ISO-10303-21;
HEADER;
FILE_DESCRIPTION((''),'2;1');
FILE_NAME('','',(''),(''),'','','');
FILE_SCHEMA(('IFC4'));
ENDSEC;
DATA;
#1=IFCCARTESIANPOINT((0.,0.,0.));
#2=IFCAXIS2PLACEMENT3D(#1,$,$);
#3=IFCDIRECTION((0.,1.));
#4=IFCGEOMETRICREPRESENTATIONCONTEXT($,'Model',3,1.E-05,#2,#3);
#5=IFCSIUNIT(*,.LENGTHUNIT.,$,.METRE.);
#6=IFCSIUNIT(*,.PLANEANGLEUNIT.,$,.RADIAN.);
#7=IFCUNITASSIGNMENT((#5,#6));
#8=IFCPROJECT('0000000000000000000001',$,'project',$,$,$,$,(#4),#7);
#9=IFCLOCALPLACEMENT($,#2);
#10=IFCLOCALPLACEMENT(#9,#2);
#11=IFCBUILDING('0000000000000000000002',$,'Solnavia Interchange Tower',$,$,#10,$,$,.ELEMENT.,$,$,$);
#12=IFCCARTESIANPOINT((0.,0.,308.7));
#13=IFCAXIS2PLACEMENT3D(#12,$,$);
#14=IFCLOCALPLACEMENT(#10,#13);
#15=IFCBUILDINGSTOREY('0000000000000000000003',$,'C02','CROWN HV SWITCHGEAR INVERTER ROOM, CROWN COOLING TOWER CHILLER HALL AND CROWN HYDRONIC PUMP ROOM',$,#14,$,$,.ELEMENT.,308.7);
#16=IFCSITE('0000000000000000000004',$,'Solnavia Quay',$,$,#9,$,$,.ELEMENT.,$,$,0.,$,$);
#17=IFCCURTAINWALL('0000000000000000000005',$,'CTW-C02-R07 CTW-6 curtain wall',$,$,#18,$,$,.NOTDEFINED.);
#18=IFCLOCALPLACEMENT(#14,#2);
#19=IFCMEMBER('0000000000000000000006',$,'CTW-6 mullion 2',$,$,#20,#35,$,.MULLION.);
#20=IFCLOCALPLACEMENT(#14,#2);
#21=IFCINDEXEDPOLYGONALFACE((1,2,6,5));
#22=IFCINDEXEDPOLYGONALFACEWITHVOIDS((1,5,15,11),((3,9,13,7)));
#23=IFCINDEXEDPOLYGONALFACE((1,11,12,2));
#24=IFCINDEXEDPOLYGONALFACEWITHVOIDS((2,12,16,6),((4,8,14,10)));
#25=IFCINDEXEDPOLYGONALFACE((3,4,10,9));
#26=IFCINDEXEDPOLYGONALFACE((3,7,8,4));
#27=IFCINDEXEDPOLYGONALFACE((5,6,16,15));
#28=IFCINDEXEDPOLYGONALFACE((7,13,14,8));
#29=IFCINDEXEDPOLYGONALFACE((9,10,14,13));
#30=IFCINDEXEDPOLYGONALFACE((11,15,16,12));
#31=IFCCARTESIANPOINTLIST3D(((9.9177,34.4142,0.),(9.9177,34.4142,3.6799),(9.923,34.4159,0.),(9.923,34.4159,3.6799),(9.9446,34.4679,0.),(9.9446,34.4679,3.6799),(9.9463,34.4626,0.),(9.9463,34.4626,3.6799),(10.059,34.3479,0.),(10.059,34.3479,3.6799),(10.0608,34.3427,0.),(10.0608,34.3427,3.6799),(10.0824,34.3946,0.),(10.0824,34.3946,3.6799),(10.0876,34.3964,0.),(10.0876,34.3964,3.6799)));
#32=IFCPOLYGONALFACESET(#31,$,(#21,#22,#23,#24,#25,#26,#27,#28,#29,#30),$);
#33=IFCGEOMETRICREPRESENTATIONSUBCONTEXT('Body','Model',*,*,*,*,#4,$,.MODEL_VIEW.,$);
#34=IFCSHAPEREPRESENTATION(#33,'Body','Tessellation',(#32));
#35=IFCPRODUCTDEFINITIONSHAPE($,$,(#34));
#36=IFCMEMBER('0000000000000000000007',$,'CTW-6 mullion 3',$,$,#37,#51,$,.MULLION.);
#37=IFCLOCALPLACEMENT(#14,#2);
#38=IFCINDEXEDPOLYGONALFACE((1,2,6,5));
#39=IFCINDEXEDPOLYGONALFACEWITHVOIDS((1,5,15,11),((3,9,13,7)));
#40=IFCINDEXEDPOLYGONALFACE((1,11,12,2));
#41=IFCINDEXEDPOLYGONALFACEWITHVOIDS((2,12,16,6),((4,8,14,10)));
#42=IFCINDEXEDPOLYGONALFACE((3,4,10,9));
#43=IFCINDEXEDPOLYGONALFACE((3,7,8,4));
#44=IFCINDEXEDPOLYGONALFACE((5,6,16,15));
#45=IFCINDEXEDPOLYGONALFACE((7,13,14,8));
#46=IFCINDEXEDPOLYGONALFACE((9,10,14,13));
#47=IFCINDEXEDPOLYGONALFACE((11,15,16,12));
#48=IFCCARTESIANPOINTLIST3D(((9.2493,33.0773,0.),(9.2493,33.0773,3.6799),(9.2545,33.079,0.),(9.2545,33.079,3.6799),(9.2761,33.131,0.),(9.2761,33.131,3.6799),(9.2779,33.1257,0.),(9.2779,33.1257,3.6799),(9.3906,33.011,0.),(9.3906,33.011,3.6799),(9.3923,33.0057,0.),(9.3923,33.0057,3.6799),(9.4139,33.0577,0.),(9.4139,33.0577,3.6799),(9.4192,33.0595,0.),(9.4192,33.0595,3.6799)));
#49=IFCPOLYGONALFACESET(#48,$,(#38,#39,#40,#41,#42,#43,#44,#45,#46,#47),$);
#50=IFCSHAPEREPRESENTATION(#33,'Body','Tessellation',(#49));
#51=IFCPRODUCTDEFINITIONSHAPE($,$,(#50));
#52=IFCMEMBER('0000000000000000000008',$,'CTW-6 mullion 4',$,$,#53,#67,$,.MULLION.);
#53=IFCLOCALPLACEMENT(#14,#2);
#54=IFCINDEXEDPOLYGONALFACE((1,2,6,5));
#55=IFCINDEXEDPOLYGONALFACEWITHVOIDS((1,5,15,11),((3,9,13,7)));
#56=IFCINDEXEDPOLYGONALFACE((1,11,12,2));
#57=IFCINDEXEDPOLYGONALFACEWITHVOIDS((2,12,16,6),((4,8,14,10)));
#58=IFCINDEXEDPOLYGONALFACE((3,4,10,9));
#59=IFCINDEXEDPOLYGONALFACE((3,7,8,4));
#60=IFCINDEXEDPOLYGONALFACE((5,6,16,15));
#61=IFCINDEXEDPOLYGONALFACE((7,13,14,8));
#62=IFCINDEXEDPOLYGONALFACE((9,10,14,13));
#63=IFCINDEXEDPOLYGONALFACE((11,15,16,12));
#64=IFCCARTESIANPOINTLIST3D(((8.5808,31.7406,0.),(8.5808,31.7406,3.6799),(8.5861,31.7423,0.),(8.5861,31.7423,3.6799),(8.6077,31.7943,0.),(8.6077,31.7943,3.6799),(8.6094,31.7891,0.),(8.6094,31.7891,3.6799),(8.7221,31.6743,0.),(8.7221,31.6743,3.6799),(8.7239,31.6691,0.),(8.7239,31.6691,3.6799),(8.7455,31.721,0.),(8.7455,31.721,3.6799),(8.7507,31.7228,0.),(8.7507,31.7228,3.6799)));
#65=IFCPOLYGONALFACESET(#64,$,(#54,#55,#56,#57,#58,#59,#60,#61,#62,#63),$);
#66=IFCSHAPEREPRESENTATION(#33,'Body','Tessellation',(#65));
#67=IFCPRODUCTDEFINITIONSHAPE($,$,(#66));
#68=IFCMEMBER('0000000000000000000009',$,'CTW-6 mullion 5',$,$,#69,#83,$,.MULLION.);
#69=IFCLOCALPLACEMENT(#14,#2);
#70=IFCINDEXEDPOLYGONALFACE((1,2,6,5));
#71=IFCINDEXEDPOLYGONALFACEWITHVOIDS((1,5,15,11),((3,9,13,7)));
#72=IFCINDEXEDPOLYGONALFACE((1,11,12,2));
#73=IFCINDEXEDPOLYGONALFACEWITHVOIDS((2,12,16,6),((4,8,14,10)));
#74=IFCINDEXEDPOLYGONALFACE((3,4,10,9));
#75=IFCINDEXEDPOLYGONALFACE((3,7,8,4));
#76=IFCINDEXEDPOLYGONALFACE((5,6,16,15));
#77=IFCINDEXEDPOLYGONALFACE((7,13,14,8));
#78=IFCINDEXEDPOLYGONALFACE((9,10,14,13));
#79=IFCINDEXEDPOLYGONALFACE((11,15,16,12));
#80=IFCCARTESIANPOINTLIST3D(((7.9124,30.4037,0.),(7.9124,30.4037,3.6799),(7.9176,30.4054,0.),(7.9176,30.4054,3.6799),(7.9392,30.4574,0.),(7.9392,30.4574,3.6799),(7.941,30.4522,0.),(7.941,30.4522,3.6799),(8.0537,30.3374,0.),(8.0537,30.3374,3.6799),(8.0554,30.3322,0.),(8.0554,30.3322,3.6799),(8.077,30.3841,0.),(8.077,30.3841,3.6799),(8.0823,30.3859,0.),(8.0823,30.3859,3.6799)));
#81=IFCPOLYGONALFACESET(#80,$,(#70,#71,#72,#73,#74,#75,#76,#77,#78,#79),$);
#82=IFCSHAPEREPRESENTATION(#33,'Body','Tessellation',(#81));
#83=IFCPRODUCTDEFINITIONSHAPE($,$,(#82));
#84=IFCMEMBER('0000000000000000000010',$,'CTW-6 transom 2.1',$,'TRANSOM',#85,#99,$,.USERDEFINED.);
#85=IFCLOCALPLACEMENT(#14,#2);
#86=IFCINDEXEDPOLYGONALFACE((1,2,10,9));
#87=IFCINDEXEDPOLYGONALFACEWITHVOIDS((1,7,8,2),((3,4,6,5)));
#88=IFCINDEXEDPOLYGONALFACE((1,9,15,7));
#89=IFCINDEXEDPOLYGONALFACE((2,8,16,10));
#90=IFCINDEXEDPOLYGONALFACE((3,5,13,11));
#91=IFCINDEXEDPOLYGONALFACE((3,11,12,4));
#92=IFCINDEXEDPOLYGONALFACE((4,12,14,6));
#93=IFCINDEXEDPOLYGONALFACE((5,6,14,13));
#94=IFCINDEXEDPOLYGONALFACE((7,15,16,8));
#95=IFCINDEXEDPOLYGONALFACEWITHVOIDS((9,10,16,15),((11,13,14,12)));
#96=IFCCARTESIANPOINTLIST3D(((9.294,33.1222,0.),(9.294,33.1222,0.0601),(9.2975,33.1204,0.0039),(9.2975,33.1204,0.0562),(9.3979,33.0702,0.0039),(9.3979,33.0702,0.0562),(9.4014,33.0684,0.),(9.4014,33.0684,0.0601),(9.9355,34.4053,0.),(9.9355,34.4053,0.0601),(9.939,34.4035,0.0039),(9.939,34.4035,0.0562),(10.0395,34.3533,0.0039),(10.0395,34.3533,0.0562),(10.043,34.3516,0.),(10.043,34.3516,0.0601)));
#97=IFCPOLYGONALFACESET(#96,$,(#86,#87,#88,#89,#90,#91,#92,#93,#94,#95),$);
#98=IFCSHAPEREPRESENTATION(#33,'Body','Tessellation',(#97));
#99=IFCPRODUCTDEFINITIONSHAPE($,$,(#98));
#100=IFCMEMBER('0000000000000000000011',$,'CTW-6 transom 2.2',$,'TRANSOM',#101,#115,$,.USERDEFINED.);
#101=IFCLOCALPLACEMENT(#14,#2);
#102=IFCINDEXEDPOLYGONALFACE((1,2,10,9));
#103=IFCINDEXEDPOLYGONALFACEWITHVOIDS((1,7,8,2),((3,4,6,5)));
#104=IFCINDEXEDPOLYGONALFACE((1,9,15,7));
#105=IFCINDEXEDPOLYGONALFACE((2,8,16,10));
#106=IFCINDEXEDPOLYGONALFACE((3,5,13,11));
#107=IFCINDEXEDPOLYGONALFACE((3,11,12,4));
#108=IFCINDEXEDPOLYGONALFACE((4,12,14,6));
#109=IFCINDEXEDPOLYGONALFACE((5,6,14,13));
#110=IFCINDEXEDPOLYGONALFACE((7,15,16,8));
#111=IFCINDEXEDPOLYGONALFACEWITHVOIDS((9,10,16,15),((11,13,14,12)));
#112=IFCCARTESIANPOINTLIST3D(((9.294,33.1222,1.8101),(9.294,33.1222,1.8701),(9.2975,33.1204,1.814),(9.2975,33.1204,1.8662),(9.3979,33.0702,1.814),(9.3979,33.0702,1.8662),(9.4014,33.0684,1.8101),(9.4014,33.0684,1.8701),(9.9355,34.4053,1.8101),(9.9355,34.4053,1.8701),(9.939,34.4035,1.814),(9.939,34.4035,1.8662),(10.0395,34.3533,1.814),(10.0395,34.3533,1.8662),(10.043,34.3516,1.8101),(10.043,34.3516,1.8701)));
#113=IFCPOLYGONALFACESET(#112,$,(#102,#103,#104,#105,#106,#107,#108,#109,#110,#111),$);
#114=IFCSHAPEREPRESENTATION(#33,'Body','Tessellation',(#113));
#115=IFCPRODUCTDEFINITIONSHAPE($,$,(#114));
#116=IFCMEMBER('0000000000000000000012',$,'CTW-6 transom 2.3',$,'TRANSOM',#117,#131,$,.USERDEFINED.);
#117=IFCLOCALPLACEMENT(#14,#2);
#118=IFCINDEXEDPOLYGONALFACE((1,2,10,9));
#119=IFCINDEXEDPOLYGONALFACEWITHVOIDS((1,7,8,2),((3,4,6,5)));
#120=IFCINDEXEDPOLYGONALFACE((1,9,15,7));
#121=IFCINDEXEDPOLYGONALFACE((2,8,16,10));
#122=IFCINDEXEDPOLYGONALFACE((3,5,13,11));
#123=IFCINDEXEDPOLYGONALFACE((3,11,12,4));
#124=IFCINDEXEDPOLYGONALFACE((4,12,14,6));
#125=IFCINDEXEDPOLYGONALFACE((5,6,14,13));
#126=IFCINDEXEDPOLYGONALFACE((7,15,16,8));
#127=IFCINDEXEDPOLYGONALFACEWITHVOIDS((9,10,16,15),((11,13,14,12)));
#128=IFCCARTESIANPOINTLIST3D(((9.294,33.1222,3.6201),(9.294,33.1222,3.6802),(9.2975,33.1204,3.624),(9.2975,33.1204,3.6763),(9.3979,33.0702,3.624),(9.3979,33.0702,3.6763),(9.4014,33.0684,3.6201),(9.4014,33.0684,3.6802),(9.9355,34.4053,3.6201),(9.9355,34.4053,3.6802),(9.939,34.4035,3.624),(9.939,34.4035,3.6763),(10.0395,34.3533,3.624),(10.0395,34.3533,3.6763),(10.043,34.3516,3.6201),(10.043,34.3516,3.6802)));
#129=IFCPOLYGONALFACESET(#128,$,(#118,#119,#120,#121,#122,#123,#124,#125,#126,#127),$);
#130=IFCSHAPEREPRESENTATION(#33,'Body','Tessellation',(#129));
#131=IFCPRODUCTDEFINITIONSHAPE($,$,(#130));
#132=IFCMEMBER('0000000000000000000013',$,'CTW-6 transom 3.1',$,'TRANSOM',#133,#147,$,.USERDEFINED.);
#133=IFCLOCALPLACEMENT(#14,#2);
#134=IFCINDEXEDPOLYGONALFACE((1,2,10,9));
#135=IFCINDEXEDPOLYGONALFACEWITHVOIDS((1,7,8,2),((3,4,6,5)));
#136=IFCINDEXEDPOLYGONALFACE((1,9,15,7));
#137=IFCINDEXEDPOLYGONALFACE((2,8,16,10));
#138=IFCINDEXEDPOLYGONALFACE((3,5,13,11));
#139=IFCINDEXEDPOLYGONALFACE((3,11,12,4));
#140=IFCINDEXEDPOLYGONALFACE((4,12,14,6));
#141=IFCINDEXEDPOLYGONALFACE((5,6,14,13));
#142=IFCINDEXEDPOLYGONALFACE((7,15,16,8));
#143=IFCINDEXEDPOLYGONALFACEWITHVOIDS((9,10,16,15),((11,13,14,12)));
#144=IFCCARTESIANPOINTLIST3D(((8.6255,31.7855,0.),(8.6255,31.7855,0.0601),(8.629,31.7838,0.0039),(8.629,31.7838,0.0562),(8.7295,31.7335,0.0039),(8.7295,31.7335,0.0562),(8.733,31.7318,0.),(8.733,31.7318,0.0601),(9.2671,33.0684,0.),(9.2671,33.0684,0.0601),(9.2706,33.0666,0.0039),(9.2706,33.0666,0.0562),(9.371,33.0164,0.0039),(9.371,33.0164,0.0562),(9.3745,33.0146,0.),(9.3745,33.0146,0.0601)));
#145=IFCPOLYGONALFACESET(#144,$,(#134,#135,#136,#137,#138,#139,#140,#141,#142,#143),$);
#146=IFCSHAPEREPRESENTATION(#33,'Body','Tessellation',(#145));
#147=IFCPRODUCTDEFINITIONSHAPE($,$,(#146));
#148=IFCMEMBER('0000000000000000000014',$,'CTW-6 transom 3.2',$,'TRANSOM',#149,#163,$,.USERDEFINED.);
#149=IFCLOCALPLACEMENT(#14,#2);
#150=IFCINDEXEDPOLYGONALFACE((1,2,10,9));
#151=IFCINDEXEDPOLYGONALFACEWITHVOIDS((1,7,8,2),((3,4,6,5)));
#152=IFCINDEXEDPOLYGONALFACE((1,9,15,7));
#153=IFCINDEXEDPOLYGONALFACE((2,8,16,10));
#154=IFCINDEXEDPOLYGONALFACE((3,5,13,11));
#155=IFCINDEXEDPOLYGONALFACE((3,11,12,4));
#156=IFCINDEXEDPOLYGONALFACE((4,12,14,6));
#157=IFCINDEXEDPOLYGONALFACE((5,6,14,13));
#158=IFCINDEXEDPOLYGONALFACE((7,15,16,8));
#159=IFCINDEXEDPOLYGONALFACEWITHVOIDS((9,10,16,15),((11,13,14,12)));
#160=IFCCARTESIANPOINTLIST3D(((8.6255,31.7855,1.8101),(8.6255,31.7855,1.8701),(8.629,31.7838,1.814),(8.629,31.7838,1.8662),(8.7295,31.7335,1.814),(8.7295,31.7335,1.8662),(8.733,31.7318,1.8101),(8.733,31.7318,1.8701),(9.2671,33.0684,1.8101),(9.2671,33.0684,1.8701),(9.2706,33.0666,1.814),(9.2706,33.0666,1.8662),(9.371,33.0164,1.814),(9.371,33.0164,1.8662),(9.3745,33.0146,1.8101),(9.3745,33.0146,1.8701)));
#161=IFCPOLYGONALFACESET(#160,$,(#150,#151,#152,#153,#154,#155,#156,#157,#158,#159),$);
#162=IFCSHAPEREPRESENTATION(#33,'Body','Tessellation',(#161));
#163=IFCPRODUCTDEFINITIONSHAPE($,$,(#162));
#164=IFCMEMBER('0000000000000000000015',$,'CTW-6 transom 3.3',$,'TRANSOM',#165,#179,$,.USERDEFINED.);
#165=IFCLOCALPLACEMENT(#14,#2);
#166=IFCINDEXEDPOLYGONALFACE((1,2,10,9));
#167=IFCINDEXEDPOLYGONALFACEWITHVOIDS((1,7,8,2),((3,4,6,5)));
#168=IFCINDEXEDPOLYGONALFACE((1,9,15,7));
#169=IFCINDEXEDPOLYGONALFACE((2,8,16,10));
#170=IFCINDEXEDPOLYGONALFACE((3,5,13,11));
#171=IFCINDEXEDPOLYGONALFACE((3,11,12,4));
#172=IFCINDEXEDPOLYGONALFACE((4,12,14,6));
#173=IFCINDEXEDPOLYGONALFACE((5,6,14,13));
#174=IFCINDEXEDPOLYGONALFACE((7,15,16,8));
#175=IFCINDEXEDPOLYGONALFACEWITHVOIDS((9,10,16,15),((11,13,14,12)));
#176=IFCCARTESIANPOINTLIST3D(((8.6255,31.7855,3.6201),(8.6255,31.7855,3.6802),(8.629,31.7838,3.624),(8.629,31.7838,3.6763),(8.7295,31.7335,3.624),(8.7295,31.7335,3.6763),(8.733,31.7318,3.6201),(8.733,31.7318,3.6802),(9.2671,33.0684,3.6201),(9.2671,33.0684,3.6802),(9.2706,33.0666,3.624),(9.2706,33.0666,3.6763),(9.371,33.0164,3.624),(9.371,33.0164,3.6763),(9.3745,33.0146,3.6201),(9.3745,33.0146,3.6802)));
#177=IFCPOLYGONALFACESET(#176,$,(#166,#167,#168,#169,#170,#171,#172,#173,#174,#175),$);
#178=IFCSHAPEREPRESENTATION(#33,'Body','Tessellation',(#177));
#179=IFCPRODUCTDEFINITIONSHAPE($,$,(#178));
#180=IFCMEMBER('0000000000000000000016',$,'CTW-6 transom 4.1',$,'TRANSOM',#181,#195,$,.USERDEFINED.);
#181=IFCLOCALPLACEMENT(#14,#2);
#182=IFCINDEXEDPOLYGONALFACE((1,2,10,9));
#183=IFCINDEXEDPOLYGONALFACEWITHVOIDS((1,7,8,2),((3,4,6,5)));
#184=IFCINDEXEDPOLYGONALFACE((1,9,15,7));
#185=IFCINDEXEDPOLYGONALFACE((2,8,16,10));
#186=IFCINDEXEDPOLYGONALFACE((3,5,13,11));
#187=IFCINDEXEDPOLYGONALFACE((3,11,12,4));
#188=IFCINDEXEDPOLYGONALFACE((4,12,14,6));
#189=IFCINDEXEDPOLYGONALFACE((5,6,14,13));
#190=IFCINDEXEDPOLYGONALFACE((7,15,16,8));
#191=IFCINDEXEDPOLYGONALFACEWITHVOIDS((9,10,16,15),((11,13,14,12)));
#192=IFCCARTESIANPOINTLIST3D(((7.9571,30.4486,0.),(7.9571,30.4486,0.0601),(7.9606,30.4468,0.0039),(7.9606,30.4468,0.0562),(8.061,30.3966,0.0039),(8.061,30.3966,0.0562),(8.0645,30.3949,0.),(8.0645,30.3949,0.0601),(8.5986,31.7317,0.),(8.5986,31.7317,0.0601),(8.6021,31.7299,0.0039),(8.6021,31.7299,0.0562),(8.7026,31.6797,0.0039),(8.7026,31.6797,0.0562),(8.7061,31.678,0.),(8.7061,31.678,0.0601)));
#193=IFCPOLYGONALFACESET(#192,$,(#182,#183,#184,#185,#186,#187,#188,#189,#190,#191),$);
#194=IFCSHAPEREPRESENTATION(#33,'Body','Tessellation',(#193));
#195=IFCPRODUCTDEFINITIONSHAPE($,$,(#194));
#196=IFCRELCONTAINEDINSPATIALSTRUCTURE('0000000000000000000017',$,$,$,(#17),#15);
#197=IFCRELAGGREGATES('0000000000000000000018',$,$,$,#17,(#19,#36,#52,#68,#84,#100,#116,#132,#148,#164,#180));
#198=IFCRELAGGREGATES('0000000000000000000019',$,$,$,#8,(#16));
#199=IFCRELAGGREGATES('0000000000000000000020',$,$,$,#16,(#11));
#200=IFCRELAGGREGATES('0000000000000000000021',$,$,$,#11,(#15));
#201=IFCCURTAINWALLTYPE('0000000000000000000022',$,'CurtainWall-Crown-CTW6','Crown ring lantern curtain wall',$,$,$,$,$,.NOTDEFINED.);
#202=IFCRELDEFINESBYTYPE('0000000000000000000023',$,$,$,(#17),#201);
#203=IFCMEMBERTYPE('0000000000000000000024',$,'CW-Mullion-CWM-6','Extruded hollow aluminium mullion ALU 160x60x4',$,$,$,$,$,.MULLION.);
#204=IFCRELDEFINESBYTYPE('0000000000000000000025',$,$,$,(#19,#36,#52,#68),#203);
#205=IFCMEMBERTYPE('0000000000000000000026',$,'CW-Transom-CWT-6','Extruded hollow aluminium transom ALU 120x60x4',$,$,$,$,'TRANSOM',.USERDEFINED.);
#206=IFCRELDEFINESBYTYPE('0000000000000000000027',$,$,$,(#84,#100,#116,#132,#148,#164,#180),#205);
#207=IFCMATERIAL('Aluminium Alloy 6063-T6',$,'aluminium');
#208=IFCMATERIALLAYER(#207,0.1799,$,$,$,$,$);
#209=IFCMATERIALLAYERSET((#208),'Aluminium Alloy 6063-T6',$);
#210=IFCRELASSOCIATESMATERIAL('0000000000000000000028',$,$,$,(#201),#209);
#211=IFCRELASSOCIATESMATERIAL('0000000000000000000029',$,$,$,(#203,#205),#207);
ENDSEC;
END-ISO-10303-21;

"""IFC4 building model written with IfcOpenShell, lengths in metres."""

from ifc_helpers import new_model, si_unit, direction, frame, origin, origin_2d, place, context, subcontext, project, spatial, hollow_rectangle, extrude, material, layer, layer_set, material_profile, profile_set, type_object, element, aggregate, save


model = new_model("IFC4")

# Units and contexts
model_context = context("Model", 3, precision=1e-05, world=origin(), true_north=direction((0.0, 1.0)))
body_context = subcontext(model_context, "Body", "Model", "MODEL_VIEW")
ifc_project = project(units=[si_unit("LENGTHUNIT", "METRE"), si_unit("PLANEANGLEUNIT", "RADIAN")], contexts=[model_context])

# Site, building, storey
site_placement = place(None, origin())
site = spatial("IfcSite", under=ifc_project, at=site_placement, Name="Solnavia Quay", CompositionType="ELEMENT", RefElevation=0.0)
building_placement = place(site_placement, origin())
building = spatial("IfcBuilding", under=site, at=building_placement, Name="Solnavia Interchange Tower", CompositionType="ELEMENT")
storey_placement = place(building_placement, frame((0.0, 0.0, 308.7)))
storey = spatial("IfcBuildingStorey", under=building, at=storey_placement, Name="C02", Description="CROWN HV SWITCHGEAR INVERTER ROOM, CROWN COOLING TOWER CHILLER HALL AND CROWN HYDRONIC PUMP ROOM", CompositionType="ELEMENT", Elevation=308.7)

# Curtain wall, members
ifc_material_1 = material(Name="Aluminium Alloy 6063-T6", Category="aluminium")
ifc_layer_1 = layer(ifc_material_1, 0.1799)
ifc_layer_set_1 = layer_set([ifc_layer_1], Name="Aluminium Alloy 6063-T6")
curtain_wall_type = type_object("IfcCurtainWallType", Name="CurtainWall-Crown-CTW6", Description="Crown ring lantern curtain wall", PredefinedType="NOTDEFINED", material=ifc_layer_set_1)
curtain_wall_placement = place(storey_placement, origin())
curtain_wall = element("IfcCurtainWall", 1, at=curtain_wall_placement, inside=storey, type_object=curtain_wall_type, Name="CTW-C02-R07 CTW-6 curtain wall", PredefinedType="NOTDEFINED")
ifc_material_profile_1 = material_profile(ifc_material_1, hollow_rectangle(XDim=0.0601, YDim=0.1599, WallThickness=0.0039, at=origin_2d()), Name="ALU 160x60x4")
ifc_profile_set_1 = profile_set([ifc_material_profile_1], Name="Aluminium Alloy 6063-T6")
member_type_1 = type_object("IfcMemberType", Name="CW-Mullion-CWM-6", Description="Extruded hollow aluminium mullion ALU 160x60x4", PredefinedType="MULLION", material=ifc_profile_set_1)
member_1_placement = place(storey_placement, frame((10.0027, 34.4053, 0.0), z_axis=(0.0, 0.0, 1.0), x_axis=(-0.447214, -0.894427, 0.0)))
member_1 = element("IfcMember", 2, at=member_1_placement, type_object=member_type_1, Name="CTW-6 mullion 2", PredefinedType="MULLION", context=body_context, shape_type="SweptSolid", body=[
    extrude(hollow_rectangle(XDim=0.0601, YDim=0.1599, WallThickness=0.0039, at=origin_2d()), origin(), (0.0, 0.0, 1.0), 3.6799),
])
member_2_placement = place(storey_placement, frame((9.3342, 33.0684, 0.0), z_axis=(0.0, 0.0, 1.0), x_axis=(-0.447214, -0.894427, 0.0)))
member_2 = element("IfcMember", 3, at=member_2_placement, type_object=member_type_1, Name="CTW-6 mullion 3", PredefinedType="MULLION", context=body_context, shape_type="SweptSolid", body=[
    extrude(hollow_rectangle(XDim=0.0601, YDim=0.1599, WallThickness=0.0039, at=origin_2d()), origin(), (0.0, 0.0, 1.0), 3.6799),
])
member_3_placement = place(storey_placement, frame((8.6658, 31.7317, 0.0), z_axis=(0.0, 0.0, 1.0), x_axis=(-0.447214, -0.894427, 0.0)))
member_3 = element("IfcMember", 4, at=member_3_placement, type_object=member_type_1, Name="CTW-6 mullion 4", PredefinedType="MULLION", context=body_context, shape_type="SweptSolid", body=[
    extrude(hollow_rectangle(XDim=0.0601, YDim=0.1599, WallThickness=0.0039, at=origin_2d()), origin(), (0.0, 0.0, 1.0), 3.6799),
])
member_4_placement = place(storey_placement, frame((7.9973, 30.3948, 0.0), z_axis=(0.0, 0.0, 1.0), x_axis=(-0.447214, -0.894427, 0.0)))
member_4 = element("IfcMember", 5, at=member_4_placement, type_object=member_type_1, Name="CTW-6 mullion 5", PredefinedType="MULLION", context=body_context, shape_type="SweptSolid", body=[
    extrude(hollow_rectangle(XDim=0.0601, YDim=0.1599, WallThickness=0.0039, at=origin_2d()), origin(), (0.0, 0.0, 1.0), 3.6799),
])
ifc_material_profile_2 = material_profile(ifc_material_1, hollow_rectangle(XDim=0.0601, YDim=0.1201, WallThickness=0.0039, at=origin_2d()), Name="ALU 120x60x4")
ifc_profile_set_2 = profile_set([ifc_material_profile_2], Name="Aluminium Alloy 6063-T6")
member_type_2 = type_object("IfcMemberType", Name="CW-Transom-CWT-6", Description="Extruded hollow aluminium transom ALU 120x60x4", ElementType="TRANSOM", PredefinedType="USERDEFINED", material=ifc_profile_set_2)
member_5_placement = place(storey_placement, frame((9.9893, 34.3784, 0.03), z_axis=(-0.447214, -0.894427, 0.0), x_axis=(0.0, 0.0, 1.0)))
member_5 = element("IfcMember", 6, at=member_5_placement, type_object=member_type_2, Name="CTW-6 transom 2.1", ObjectType="TRANSOM", PredefinedType="USERDEFINED", context=body_context, shape_type="SweptSolid", body=[
    extrude(hollow_rectangle(XDim=0.0601, YDim=0.1201, WallThickness=0.0039, at=origin_2d()), origin(), (0.0, 0.0, 1.0), 1.4346),
])
member_6_placement = place(storey_placement, frame((9.9893, 34.3784, 1.8401), z_axis=(-0.447214, -0.894427, 0.0), x_axis=(0.0, 0.0, 1.0)))
member_6 = element("IfcMember", 7, at=member_6_placement, type_object=member_type_2, Name="CTW-6 transom 2.2", ObjectType="TRANSOM", PredefinedType="USERDEFINED", context=body_context, shape_type="SweptSolid", body=[
    extrude(hollow_rectangle(XDim=0.0601, YDim=0.1201, WallThickness=0.0039, at=origin_2d()), origin(), (0.0, 0.0, 1.0), 1.4346),
])
member_7_placement = place(storey_placement, frame((9.9893, 34.3784, 3.6501), z_axis=(-0.447214, -0.894427, 0.0), x_axis=(0.0, 0.0, 1.0)))
member_7 = element("IfcMember", 8, at=member_7_placement, type_object=member_type_2, Name="CTW-6 transom 2.3", ObjectType="TRANSOM", PredefinedType="USERDEFINED", context=body_context, shape_type="SweptSolid", body=[
    extrude(hollow_rectangle(XDim=0.0601, YDim=0.1201, WallThickness=0.0039, at=origin_2d()), origin(), (0.0, 0.0, 1.0), 1.4346),
])
member_8_placement = place(storey_placement, frame((9.3208, 33.0415, 0.03), z_axis=(-0.447282, -0.894393, 0.0), x_axis=(0.0, 0.0, 1.0)))
member_8 = element("IfcMember", 9, at=member_8_placement, type_object=member_type_2, Name="CTW-6 transom 3.1", ObjectType="TRANSOM", PredefinedType="USERDEFINED", context=body_context, shape_type="SweptSolid", body=[
    extrude(hollow_rectangle(XDim=0.0601, YDim=0.1201, WallThickness=0.0039, at=origin_2d()), origin(), (0.0, 0.0, 1.0), 1.4343),
])
member_9_placement = place(storey_placement, frame((9.3208, 33.0415, 1.8401), z_axis=(-0.447282, -0.894393, 0.0), x_axis=(0.0, 0.0, 1.0)))
member_9 = element("IfcMember", 10, at=member_9_placement, type_object=member_type_2, Name="CTW-6 transom 3.2", ObjectType="TRANSOM", PredefinedType="USERDEFINED", context=body_context, shape_type="SweptSolid", body=[
    extrude(hollow_rectangle(XDim=0.0601, YDim=0.1201, WallThickness=0.0039, at=origin_2d()), origin(), (0.0, 0.0, 1.0), 1.4343),
])
member_10_placement = place(storey_placement, frame((9.3208, 33.0415, 3.6501), z_axis=(-0.447282, -0.894393, 0.0), x_axis=(0.0, 0.0, 1.0)))
member_10 = element("IfcMember", 11, at=member_10_placement, type_object=member_type_2, Name="CTW-6 transom 3.3", ObjectType="TRANSOM", PredefinedType="USERDEFINED", context=body_context, shape_type="SweptSolid", body=[
    extrude(hollow_rectangle(XDim=0.0601, YDim=0.1201, WallThickness=0.0039, at=origin_2d()), origin(), (0.0, 0.0, 1.0), 1.4343),
])
member_11_placement = place(storey_placement, frame((8.6523, 31.7048, 0.03), z_axis=(-0.447214, -0.894427, 0.0), x_axis=(0.0, 0.0, 1.0)))
member_11 = element("IfcMember", 12, at=member_11_placement, type_object=member_type_2, Name="CTW-6 transom 4.1", ObjectType="TRANSOM", PredefinedType="USERDEFINED", context=body_context, shape_type="SweptSolid", body=[
    extrude(hollow_rectangle(XDim=0.0601, YDim=0.1201, WallThickness=0.0039, at=origin_2d()), origin(), (0.0, 0.0, 1.0), 1.4346),
])
aggregate(curtain_wall, [member_1, member_2, member_3, member_4, member_5, member_6, member_7, member_8, member_9, member_10, member_11])

save(model, "model.ifc")
